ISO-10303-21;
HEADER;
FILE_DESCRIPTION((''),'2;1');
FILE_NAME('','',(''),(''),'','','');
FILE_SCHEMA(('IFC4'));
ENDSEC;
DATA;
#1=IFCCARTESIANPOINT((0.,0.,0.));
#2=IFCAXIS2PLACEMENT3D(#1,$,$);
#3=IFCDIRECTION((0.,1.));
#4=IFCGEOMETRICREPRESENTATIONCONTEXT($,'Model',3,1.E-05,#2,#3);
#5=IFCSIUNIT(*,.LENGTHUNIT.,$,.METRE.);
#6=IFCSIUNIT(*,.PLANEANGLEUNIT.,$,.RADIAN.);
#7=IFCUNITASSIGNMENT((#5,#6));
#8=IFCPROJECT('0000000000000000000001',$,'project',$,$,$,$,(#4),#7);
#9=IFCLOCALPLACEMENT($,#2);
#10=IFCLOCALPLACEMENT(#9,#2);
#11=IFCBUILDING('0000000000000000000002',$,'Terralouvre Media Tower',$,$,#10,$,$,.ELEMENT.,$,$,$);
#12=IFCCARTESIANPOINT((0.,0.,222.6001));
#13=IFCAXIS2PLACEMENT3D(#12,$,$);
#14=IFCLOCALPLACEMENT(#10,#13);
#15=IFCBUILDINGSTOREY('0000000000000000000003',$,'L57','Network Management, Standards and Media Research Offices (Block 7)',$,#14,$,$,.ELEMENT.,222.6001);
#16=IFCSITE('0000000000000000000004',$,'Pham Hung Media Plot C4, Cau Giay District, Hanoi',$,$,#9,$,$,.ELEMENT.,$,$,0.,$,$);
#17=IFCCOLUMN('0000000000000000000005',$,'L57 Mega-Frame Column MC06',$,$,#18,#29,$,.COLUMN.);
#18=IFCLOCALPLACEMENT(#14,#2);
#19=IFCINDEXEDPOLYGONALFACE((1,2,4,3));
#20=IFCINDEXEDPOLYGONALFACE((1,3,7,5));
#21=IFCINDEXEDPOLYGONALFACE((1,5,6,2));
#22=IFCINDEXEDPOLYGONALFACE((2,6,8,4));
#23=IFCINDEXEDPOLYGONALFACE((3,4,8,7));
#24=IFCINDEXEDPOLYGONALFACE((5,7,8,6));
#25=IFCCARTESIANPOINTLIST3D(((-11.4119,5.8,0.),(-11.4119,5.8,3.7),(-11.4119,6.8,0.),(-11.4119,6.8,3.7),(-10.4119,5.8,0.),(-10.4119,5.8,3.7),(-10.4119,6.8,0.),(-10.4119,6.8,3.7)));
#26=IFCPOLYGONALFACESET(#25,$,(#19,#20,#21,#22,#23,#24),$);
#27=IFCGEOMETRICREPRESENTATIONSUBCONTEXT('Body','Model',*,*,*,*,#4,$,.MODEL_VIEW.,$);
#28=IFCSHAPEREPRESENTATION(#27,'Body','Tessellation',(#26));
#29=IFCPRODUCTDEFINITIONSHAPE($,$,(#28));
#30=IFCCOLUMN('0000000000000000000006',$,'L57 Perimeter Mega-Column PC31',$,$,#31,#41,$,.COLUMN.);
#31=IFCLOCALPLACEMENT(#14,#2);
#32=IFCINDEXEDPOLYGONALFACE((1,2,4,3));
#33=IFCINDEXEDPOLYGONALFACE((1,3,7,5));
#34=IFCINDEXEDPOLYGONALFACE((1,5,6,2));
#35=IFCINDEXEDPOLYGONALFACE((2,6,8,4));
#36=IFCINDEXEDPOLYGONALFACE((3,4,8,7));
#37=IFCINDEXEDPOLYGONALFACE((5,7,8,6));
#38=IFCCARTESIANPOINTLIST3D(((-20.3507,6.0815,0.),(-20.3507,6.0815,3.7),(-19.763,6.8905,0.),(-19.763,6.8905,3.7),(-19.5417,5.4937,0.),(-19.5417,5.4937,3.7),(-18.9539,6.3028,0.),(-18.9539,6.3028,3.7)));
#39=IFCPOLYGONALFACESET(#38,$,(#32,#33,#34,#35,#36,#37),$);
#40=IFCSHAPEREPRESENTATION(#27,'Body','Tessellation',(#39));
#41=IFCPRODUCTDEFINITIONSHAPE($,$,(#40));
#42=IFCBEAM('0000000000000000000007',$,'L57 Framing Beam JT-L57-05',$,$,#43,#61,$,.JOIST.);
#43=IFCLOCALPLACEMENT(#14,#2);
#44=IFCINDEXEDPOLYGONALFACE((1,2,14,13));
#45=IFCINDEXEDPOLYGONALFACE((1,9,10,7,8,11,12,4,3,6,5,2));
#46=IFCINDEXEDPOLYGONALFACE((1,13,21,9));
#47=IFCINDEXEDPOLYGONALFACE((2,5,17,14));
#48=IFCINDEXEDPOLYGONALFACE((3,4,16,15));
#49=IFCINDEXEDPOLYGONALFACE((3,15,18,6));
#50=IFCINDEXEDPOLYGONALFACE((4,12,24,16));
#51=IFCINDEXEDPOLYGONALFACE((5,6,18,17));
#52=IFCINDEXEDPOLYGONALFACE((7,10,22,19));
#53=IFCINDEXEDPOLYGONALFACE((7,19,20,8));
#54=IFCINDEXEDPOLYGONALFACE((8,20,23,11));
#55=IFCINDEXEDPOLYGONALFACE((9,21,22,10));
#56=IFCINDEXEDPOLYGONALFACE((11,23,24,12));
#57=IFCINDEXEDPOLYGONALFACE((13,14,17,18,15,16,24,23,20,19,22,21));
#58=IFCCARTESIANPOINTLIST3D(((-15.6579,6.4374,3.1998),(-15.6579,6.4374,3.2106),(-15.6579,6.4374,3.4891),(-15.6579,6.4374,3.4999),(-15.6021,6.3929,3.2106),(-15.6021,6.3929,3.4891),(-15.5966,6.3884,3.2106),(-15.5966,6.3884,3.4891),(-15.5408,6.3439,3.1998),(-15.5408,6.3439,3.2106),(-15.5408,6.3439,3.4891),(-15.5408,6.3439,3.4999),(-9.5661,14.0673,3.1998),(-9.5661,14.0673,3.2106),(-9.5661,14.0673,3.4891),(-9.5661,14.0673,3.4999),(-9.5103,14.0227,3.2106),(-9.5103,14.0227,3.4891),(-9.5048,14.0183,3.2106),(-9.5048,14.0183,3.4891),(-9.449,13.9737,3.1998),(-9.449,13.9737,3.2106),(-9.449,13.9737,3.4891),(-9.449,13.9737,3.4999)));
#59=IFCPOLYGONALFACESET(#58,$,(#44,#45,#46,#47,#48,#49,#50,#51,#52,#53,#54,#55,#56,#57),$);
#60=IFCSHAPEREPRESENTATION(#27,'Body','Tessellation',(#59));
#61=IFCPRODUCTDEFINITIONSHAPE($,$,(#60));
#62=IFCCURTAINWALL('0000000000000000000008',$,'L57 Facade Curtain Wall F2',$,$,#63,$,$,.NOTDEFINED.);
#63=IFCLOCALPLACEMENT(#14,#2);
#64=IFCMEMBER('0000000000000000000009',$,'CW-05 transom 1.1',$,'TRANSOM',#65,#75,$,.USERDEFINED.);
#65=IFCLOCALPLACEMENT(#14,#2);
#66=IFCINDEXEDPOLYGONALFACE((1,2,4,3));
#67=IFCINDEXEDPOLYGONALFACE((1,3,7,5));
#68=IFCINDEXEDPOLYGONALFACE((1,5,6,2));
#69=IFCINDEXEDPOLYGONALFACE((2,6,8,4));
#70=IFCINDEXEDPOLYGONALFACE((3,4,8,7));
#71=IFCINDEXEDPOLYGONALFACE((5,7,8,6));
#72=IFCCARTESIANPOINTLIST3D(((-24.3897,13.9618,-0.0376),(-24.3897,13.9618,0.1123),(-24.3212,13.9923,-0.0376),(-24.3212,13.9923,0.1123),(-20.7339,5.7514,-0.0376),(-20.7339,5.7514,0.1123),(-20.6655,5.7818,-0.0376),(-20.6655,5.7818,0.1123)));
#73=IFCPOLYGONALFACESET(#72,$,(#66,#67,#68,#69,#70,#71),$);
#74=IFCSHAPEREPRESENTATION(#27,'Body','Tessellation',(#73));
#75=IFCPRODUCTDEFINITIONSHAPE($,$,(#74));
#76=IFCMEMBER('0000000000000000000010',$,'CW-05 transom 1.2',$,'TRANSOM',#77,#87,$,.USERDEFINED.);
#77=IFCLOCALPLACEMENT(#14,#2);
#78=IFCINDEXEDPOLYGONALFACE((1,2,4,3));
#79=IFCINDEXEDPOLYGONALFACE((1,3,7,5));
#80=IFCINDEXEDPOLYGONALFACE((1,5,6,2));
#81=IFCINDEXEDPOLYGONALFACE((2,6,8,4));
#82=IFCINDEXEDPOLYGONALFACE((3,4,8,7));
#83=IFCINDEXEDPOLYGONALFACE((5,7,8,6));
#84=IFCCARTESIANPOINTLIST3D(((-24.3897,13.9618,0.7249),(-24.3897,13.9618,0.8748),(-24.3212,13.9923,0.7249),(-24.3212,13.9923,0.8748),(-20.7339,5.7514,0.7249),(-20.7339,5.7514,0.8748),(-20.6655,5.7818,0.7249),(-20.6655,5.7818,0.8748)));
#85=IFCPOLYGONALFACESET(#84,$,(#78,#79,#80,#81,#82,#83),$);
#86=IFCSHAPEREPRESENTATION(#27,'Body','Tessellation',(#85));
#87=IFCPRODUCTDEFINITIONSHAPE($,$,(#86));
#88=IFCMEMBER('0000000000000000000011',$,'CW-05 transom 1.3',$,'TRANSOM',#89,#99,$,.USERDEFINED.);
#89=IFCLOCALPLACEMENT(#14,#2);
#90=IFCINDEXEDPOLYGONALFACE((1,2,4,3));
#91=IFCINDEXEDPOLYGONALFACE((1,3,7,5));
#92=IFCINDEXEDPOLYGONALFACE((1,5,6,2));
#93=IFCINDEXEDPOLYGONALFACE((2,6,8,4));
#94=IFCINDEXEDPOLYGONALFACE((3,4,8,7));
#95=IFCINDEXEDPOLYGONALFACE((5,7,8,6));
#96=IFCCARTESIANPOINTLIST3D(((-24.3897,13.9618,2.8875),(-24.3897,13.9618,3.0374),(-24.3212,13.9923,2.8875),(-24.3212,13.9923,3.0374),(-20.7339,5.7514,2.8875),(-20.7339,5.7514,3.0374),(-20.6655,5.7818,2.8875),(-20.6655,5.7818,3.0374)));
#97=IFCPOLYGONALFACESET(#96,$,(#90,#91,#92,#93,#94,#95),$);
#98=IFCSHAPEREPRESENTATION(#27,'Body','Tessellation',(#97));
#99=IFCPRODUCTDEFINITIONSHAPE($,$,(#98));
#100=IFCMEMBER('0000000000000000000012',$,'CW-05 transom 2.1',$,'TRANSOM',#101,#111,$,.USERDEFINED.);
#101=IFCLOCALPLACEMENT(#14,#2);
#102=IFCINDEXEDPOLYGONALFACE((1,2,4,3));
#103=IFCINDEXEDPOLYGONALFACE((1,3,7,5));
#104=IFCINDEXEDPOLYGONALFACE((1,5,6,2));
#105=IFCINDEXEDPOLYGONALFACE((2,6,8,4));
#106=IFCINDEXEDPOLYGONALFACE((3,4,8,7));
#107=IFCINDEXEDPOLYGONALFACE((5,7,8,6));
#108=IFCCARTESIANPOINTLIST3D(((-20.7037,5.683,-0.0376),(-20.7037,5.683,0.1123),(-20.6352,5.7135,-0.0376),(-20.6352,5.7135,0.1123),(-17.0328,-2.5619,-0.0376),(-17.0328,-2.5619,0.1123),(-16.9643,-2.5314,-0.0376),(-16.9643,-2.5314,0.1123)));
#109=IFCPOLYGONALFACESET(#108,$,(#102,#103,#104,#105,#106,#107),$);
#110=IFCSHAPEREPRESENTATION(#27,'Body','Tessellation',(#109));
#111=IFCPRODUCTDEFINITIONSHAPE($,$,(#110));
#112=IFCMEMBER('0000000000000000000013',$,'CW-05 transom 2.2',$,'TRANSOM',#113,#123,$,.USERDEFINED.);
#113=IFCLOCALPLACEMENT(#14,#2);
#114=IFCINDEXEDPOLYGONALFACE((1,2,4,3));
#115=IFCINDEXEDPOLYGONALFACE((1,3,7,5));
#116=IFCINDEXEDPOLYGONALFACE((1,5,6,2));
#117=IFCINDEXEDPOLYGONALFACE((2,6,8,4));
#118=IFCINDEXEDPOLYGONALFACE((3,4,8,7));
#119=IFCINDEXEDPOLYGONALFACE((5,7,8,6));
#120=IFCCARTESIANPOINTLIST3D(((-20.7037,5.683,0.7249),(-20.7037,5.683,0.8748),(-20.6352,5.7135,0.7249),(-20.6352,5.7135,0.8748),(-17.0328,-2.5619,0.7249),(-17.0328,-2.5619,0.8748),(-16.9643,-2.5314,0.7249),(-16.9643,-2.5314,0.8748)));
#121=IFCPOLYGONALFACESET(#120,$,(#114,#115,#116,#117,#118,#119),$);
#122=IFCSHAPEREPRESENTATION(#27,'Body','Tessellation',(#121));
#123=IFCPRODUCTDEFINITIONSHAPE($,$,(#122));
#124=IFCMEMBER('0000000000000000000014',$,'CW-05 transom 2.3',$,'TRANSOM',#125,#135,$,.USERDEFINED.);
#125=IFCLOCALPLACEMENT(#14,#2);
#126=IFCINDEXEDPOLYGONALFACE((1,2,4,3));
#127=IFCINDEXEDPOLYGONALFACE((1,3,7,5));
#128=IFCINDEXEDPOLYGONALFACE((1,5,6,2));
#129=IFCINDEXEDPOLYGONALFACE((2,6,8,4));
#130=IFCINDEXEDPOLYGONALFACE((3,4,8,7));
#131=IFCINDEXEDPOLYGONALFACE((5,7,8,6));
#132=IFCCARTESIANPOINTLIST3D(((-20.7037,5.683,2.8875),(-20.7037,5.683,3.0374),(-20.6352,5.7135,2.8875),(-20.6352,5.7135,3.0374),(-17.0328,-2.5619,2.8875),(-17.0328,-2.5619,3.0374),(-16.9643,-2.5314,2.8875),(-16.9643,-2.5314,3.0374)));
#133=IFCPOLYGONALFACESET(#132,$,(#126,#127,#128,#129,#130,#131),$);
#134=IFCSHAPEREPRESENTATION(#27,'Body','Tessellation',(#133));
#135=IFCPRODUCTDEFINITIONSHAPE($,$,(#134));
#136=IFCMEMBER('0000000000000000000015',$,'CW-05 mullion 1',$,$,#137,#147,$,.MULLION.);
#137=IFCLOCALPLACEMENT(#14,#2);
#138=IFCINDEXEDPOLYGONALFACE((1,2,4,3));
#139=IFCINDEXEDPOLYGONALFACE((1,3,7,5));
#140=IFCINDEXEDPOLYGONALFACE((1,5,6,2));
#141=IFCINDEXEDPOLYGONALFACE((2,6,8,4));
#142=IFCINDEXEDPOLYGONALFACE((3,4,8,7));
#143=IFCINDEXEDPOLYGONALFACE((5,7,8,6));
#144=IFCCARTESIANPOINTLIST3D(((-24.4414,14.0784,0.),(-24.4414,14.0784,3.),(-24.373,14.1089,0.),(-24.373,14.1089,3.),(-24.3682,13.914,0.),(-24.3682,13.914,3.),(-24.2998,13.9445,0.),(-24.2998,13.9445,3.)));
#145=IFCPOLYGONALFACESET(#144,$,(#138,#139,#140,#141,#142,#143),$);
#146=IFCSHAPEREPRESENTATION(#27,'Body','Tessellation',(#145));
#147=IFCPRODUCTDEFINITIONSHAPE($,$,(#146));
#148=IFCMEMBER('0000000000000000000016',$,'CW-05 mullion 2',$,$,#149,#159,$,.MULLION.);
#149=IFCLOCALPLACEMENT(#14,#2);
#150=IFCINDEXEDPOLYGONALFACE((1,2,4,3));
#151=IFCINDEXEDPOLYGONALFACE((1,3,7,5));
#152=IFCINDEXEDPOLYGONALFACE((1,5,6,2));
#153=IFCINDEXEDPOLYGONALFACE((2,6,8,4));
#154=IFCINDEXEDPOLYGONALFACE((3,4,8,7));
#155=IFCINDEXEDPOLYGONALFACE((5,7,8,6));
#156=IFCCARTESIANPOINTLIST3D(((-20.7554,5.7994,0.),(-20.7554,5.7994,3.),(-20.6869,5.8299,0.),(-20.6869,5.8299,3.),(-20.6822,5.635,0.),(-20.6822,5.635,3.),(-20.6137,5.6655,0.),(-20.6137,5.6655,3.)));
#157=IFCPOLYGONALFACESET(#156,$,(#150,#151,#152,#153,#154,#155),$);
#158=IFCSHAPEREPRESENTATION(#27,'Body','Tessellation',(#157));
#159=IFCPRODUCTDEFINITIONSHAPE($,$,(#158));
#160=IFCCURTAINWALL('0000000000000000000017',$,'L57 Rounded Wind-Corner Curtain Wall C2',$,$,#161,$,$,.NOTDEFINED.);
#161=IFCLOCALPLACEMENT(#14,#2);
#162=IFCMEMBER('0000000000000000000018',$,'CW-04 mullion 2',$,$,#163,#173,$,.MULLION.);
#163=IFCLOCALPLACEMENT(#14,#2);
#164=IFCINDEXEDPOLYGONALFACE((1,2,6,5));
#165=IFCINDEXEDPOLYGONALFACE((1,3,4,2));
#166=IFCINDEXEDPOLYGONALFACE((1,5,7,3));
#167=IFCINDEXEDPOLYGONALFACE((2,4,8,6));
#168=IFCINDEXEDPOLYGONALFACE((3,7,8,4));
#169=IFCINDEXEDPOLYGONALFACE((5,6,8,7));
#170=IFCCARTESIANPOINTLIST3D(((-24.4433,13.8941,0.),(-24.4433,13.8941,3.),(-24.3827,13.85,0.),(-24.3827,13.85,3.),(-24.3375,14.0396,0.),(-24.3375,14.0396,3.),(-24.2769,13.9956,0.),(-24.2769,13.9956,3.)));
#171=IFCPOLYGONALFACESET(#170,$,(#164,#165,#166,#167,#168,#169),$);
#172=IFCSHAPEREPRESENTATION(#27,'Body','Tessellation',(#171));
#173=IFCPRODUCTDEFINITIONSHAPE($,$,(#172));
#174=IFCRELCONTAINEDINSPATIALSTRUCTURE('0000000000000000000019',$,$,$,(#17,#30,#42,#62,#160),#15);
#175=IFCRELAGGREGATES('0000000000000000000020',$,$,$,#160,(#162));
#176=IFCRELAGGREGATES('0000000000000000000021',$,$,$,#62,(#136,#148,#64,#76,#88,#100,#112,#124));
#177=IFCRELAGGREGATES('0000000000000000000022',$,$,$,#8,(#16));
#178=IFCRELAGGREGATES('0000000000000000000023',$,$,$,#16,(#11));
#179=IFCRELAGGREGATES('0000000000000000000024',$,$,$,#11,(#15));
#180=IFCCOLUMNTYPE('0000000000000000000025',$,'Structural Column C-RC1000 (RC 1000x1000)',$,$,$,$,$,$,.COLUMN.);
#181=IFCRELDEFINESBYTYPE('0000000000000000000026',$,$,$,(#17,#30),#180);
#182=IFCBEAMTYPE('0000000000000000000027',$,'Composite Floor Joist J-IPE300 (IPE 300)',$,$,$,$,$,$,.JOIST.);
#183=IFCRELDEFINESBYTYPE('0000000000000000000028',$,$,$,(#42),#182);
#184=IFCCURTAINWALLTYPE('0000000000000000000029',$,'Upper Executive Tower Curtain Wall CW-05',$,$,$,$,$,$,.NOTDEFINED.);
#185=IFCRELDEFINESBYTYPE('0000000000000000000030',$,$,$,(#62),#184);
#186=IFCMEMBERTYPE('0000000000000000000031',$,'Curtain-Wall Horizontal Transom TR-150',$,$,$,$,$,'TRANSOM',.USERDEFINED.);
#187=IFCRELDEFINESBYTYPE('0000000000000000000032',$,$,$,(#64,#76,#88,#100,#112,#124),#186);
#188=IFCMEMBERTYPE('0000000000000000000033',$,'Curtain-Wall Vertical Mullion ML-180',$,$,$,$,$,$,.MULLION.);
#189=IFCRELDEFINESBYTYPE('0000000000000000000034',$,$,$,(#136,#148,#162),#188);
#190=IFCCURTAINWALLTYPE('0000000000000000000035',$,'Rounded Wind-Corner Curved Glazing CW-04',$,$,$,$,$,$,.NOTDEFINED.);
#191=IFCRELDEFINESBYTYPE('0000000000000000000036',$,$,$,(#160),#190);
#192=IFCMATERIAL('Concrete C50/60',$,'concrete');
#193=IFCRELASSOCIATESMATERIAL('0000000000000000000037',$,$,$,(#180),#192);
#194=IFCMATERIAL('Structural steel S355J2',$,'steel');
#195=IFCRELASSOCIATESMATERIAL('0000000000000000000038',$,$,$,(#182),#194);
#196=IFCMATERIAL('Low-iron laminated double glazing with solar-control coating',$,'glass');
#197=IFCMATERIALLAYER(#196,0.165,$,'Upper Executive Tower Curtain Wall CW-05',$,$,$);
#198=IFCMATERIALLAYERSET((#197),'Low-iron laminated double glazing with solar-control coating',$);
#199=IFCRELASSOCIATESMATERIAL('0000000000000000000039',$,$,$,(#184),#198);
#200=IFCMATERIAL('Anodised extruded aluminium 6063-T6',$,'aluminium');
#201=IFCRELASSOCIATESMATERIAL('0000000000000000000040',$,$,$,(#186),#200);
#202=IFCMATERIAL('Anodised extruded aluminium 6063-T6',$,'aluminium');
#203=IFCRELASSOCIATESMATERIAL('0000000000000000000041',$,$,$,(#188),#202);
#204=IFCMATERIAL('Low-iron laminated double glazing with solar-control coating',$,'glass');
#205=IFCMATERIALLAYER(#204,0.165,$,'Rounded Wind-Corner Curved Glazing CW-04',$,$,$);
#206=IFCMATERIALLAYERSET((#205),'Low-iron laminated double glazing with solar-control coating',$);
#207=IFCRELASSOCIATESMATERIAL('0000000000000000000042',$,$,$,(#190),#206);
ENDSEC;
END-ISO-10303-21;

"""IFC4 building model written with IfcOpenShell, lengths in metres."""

from ifc_helpers import new_model, si_unit, direction, frame, origin, origin_2d, place, context, subcontext, project, spatial, rectangle, i_section, extrude, material, layer, layer_set, material_profile, profile_set, type_object, element, aggregate, save


model = new_model("IFC4")

# Units and contexts
model_context = context("Model", 3, precision=1e-05, world=origin(), true_north=direction((0.0, 1.0)))
body_context = subcontext(model_context, "Body", "Model", "MODEL_VIEW")
ifc_project = project(units=[si_unit("LENGTHUNIT", "METRE"), si_unit("PLANEANGLEUNIT", "RADIAN")], contexts=[model_context])

# Site, building, storey
site_placement = place(None, origin())
site = spatial("IfcSite", under=ifc_project, at=site_placement, Name="Pham Hung Media Plot C4, Cau Giay District, Hanoi", CompositionType="ELEMENT", RefElevation=0.0)
building_placement = place(site_placement, origin())
building = spatial("IfcBuilding", under=site, at=building_placement, Name="Terralouvre Media Tower", CompositionType="ELEMENT")
storey_placement = place(building_placement, frame((0.0, 0.0, 222.6001)))
storey = spatial("IfcBuildingStorey", under=building, at=storey_placement, Name="L57", Description="Network Management, Standards and Media Research Offices (Block 7)", CompositionType="ELEMENT", Elevation=222.6001)

# Columns
ifc_material_1 = material(Name="Concrete C50/60", Category="concrete")
ifc_material_profile_1 = material_profile(ifc_material_1, rectangle(XDim=1.0, YDim=1.0, at=origin_2d()), Name="RC 1000x1000")
ifc_profile_set_1 = profile_set([ifc_material_profile_1], Name="Concrete C50/60")
column_type = type_object("IfcColumnType", Name="Structural Column C-RC1000 (RC 1000x1000)", PredefinedType="COLUMN", material=ifc_profile_set_1)
for number, where, z_axis, x_axis, name in (
    (1, (-10.9119, 6.3, 0.0), (0.0, 0.0, 1.0), (1.0, 0.0, 0.0), "L57 Mega-Frame Column MC06"),
    (2, (-19.6523, 6.1921, 0.0), (0.0, 0.0, 1.0), (0.587785, 0.809017, 0.0), "L57 Perimeter Mega-Column PC31"),
):
    element("IfcColumn", number, at=place(storey_placement, frame(where, z_axis=z_axis, x_axis=x_axis)), inside=storey, type_object=column_type, Name=name, PredefinedType="COLUMN", context=body_context, shape_type="SweptSolid", body=[
        extrude(rectangle(XDim=1.0, YDim=1.0, at=origin_2d()), origin(), (0.0, 0.0, 1.0), 3.7),
    ])

# Beam
ifc_material_2 = material(Name="Structural steel S355J2", Category="steel")
ifc_material_profile_2 = material_profile(ifc_material_2, i_section(OverallWidth=0.1499, OverallDepth=0.3, WebThickness=0.0071, FlangeThickness=0.0107, at=origin_2d()), Name="IPE 300")
ifc_profile_set_2 = profile_set([ifc_material_profile_2], Name="Structural steel S355J2")
beam_type_1 = type_object("IfcBeamType", Name="Composite Floor Joist J-IPE300 (IPE 300)", PredefinedType="JOIST", material=ifc_profile_set_2)
beam_1_placement = place(storey_placement, frame((-9.5076, 14.0205, 3.3499), z_axis=(-0.623938, -0.781473, 0.0), x_axis=(0.781473, -0.623938, 0.0)))
element("IfcBeam", 3, at=beam_1_placement, inside=storey, type_object=beam_type_1, Name="L57 Framing Beam JT-L57-05", PredefinedType="JOIST", context=body_context, shape_type="SweptSolid", body=[
    extrude(i_section(OverallWidth=0.1499, OverallDepth=0.3, WebThickness=0.0071, FlangeThickness=0.0107, at=origin_2d()), origin(), (0.0, 0.0, 1.0), 9.7634),
])

# Curtain wall, members
ifc_material_3 = material(Name="Low-iron laminated double glazing with solar-control coating", Category="glass")
ifc_layer_1 = layer(ifc_material_3, 0.165, Name="Upper Executive Tower Curtain Wall CW-05")
ifc_layer_set_1 = layer_set([ifc_layer_1], Name="Low-iron laminated double glazing with solar-control coating")
curtain_wall_type_1 = type_object("IfcCurtainWallType", Name="Upper Executive Tower Curtain Wall CW-05", PredefinedType="NOTDEFINED", material=ifc_layer_set_1)
curtain_wall_1_placement = place(storey_placement, origin())
curtain_wall_1 = element("IfcCurtainWall", 4, at=curtain_wall_1_placement, inside=storey, type_object=curtain_wall_type_1, Name="L57 Facade Curtain Wall F2", PredefinedType="NOTDEFINED")
ifc_material_4 = material(Name="Anodised extruded aluminium 6063-T6", Category="aluminium")
ifc_material_profile_3 = material_profile(ifc_material_4, rectangle(XDim=0.075, YDim=0.1499, at=origin_2d()), Name="ALU 75x150")
ifc_profile_set_3 = profile_set([ifc_material_profile_3], Name="Anodised extruded aluminium 6063-T6")
member_type_1 = type_object("IfcMemberType", Name="Curtain-Wall Horizontal Transom TR-150", ElementType="TRANSOM", PredefinedType="USERDEFINED", material=ifc_profile_set_3)
member_1_placement = place(storey_placement, frame((-24.3555, 13.9771, 0.0374), z_axis=(0.406758, -0.913536, 0.0), x_axis=(0.913536, 0.406758, 0.0)))
member_1 = element("IfcMember", 5, at=member_1_placement, type_object=member_type_1, Name="CW-05 transom 1.1", ObjectType="TRANSOM", PredefinedType="USERDEFINED", context=body_context, shape_type="SweptSolid", body=[
    extrude(rectangle(XDim=0.075, YDim=0.1499, at=origin_2d()), origin(), (0.0, 0.0, 1.0), 8.9875),
])
member_2_placement = place(storey_placement, frame((-24.3555, 13.9771, 0.7998), z_axis=(0.406758, -0.913536, 0.0), x_axis=(0.913536, 0.406758, 0.0)))
member_2 = element("IfcMember", 6, at=member_2_placement, type_object=member_type_1, Name="CW-05 transom 1.2", ObjectType="TRANSOM", PredefinedType="USERDEFINED", context=body_context, shape_type="SweptSolid", body=[
    extrude(rectangle(XDim=0.075, YDim=0.1499, at=origin_2d()), origin(), (0.0, 0.0, 1.0), 8.9875),
])
member_3_placement = place(storey_placement, frame((-24.3555, 13.9771, 2.9624), z_axis=(0.406758, -0.913536, 0.0), x_axis=(0.913536, 0.406758, 0.0)))
member_3 = element("IfcMember", 7, at=member_3_placement, type_object=member_type_1, Name="CW-05 transom 1.3", ObjectType="TRANSOM", PredefinedType="USERDEFINED", context=body_context, shape_type="SweptSolid", body=[
    extrude(rectangle(XDim=0.075, YDim=0.1499, at=origin_2d()), origin(), (0.0, 0.0, 1.0), 8.9875),
])
member_4_placement = place(storey_placement, frame((-20.6694, 5.6982, 0.0374), z_axis=(0.406741, -0.913544, 0.0), x_axis=(0.913544, 0.406741, 0.0)))
member_4 = element("IfcMember", 8, at=member_4_placement, type_object=member_type_1, Name="CW-05 transom 2.1", ObjectType="TRANSOM", PredefinedType="USERDEFINED", context=body_context, shape_type="SweptSolid", body=[
    extrude(rectangle(XDim=0.075, YDim=0.1499, at=origin_2d()), origin(), (0.0, 0.0, 1.0), 9.0251),
])
member_5_placement = place(storey_placement, frame((-20.6694, 5.6982, 0.7998), z_axis=(0.406741, -0.913544, 0.0), x_axis=(0.913544, 0.406741, 0.0)))
member_5 = element("IfcMember", 9, at=member_5_placement, type_object=member_type_1, Name="CW-05 transom 2.2", ObjectType="TRANSOM", PredefinedType="USERDEFINED", context=body_context, shape_type="SweptSolid", body=[
    extrude(rectangle(XDim=0.075, YDim=0.1499, at=origin_2d()), origin(), (0.0, 0.0, 1.0), 9.0251),
])
member_6_placement = place(storey_placement, frame((-20.6694, 5.6982, 2.9624), z_axis=(0.406741, -0.913544, 0.0), x_axis=(0.913544, 0.406741, 0.0)))
member_6 = element("IfcMember", 10, at=member_6_placement, type_object=member_type_1, Name="CW-05 transom 2.3", ObjectType="TRANSOM", PredefinedType="USERDEFINED", context=body_context, shape_type="SweptSolid", body=[
    extrude(rectangle(XDim=0.075, YDim=0.1499, at=origin_2d()), origin(), (0.0, 0.0, 1.0), 9.0251),
])
ifc_material_5 = material(Name="Anodised extruded aluminium 6063-T6", Category="aluminium")
ifc_material_profile_4 = material_profile(ifc_material_5, rectangle(XDim=0.075, YDim=0.1799, at=origin_2d()), Name="ALU 75x180")
ifc_profile_set_4 = profile_set([ifc_material_profile_4], Name="Anodised extruded aluminium 6063-T6")
member_type_2 = type_object("IfcMemberType", Name="Curtain-Wall Vertical Mullion ML-180", PredefinedType="MULLION", material=ifc_profile_set_4)
member_7_placement = place(storey_placement, frame((-24.3706, 14.0115, 0.0), z_axis=(0.0, 0.0, 1.0), x_axis=(0.913545, 0.406737, 0.0)))
member_7 = element("IfcMember", 11, at=member_7_placement, type_object=member_type_2, Name="CW-05 mullion 1", PredefinedType="MULLION", context=body_context, shape_type="SweptSolid", body=[
    extrude(rectangle(XDim=0.075, YDim=0.1799, at=origin_2d()), origin(), (0.0, 0.0, 1.0), 3.0),
])
member_8_placement = place(storey_placement, frame((-20.6846, 5.7324, 0.0), z_axis=(0.0, 0.0, 1.0), x_axis=(0.913545, 0.406737, 0.0)))
member_8 = element("IfcMember", 12, at=member_8_placement, type_object=member_type_2, Name="CW-05 mullion 2", PredefinedType="MULLION", context=body_context, shape_type="SweptSolid", body=[
    extrude(rectangle(XDim=0.075, YDim=0.1799, at=origin_2d()), origin(), (0.0, 0.0, 1.0), 3.0),
])

# Curtain wall, member
ifc_material_6 = material(Name="Low-iron laminated double glazing with solar-control coating", Category="glass")
ifc_layer_2 = layer(ifc_material_6, 0.165, Name="Rounded Wind-Corner Curved Glazing CW-04")
ifc_layer_set_2 = layer_set([ifc_layer_2], Name="Low-iron laminated double glazing with solar-control coating")
curtain_wall_type_2 = type_object("IfcCurtainWallType", Name="Rounded Wind-Corner Curved Glazing CW-04", PredefinedType="NOTDEFINED", material=ifc_layer_set_2)
curtain_wall_2_placement = place(storey_placement, origin())
curtain_wall_2 = element("IfcCurtainWall", 13, at=curtain_wall_2_placement, inside=storey, type_object=curtain_wall_type_2, Name="L57 Rounded Wind-Corner Curtain Wall C2", PredefinedType="NOTDEFINED")
member_9_placement = place(storey_placement, frame((-24.3601, 13.9448, 0.0), z_axis=(0.0, 0.0, 1.0), x_axis=(0.809017, -0.587786, 0.0)))
member_9 = element("IfcMember", 14, at=member_9_placement, type_object=member_type_2, Name="CW-04 mullion 2", PredefinedType="MULLION", context=body_context, shape_type="SweptSolid", body=[
    extrude(rectangle(XDim=0.075, YDim=0.1799, at=origin_2d()), origin(), (0.0, 0.0, 1.0), 3.0),
])
aggregate(curtain_wall_2, [member_9])

aggregate(curtain_wall_1, [member_7, member_8, member_1, member_2, member_3, member_4, member_5, member_6])

save(model, "model.ifc")
